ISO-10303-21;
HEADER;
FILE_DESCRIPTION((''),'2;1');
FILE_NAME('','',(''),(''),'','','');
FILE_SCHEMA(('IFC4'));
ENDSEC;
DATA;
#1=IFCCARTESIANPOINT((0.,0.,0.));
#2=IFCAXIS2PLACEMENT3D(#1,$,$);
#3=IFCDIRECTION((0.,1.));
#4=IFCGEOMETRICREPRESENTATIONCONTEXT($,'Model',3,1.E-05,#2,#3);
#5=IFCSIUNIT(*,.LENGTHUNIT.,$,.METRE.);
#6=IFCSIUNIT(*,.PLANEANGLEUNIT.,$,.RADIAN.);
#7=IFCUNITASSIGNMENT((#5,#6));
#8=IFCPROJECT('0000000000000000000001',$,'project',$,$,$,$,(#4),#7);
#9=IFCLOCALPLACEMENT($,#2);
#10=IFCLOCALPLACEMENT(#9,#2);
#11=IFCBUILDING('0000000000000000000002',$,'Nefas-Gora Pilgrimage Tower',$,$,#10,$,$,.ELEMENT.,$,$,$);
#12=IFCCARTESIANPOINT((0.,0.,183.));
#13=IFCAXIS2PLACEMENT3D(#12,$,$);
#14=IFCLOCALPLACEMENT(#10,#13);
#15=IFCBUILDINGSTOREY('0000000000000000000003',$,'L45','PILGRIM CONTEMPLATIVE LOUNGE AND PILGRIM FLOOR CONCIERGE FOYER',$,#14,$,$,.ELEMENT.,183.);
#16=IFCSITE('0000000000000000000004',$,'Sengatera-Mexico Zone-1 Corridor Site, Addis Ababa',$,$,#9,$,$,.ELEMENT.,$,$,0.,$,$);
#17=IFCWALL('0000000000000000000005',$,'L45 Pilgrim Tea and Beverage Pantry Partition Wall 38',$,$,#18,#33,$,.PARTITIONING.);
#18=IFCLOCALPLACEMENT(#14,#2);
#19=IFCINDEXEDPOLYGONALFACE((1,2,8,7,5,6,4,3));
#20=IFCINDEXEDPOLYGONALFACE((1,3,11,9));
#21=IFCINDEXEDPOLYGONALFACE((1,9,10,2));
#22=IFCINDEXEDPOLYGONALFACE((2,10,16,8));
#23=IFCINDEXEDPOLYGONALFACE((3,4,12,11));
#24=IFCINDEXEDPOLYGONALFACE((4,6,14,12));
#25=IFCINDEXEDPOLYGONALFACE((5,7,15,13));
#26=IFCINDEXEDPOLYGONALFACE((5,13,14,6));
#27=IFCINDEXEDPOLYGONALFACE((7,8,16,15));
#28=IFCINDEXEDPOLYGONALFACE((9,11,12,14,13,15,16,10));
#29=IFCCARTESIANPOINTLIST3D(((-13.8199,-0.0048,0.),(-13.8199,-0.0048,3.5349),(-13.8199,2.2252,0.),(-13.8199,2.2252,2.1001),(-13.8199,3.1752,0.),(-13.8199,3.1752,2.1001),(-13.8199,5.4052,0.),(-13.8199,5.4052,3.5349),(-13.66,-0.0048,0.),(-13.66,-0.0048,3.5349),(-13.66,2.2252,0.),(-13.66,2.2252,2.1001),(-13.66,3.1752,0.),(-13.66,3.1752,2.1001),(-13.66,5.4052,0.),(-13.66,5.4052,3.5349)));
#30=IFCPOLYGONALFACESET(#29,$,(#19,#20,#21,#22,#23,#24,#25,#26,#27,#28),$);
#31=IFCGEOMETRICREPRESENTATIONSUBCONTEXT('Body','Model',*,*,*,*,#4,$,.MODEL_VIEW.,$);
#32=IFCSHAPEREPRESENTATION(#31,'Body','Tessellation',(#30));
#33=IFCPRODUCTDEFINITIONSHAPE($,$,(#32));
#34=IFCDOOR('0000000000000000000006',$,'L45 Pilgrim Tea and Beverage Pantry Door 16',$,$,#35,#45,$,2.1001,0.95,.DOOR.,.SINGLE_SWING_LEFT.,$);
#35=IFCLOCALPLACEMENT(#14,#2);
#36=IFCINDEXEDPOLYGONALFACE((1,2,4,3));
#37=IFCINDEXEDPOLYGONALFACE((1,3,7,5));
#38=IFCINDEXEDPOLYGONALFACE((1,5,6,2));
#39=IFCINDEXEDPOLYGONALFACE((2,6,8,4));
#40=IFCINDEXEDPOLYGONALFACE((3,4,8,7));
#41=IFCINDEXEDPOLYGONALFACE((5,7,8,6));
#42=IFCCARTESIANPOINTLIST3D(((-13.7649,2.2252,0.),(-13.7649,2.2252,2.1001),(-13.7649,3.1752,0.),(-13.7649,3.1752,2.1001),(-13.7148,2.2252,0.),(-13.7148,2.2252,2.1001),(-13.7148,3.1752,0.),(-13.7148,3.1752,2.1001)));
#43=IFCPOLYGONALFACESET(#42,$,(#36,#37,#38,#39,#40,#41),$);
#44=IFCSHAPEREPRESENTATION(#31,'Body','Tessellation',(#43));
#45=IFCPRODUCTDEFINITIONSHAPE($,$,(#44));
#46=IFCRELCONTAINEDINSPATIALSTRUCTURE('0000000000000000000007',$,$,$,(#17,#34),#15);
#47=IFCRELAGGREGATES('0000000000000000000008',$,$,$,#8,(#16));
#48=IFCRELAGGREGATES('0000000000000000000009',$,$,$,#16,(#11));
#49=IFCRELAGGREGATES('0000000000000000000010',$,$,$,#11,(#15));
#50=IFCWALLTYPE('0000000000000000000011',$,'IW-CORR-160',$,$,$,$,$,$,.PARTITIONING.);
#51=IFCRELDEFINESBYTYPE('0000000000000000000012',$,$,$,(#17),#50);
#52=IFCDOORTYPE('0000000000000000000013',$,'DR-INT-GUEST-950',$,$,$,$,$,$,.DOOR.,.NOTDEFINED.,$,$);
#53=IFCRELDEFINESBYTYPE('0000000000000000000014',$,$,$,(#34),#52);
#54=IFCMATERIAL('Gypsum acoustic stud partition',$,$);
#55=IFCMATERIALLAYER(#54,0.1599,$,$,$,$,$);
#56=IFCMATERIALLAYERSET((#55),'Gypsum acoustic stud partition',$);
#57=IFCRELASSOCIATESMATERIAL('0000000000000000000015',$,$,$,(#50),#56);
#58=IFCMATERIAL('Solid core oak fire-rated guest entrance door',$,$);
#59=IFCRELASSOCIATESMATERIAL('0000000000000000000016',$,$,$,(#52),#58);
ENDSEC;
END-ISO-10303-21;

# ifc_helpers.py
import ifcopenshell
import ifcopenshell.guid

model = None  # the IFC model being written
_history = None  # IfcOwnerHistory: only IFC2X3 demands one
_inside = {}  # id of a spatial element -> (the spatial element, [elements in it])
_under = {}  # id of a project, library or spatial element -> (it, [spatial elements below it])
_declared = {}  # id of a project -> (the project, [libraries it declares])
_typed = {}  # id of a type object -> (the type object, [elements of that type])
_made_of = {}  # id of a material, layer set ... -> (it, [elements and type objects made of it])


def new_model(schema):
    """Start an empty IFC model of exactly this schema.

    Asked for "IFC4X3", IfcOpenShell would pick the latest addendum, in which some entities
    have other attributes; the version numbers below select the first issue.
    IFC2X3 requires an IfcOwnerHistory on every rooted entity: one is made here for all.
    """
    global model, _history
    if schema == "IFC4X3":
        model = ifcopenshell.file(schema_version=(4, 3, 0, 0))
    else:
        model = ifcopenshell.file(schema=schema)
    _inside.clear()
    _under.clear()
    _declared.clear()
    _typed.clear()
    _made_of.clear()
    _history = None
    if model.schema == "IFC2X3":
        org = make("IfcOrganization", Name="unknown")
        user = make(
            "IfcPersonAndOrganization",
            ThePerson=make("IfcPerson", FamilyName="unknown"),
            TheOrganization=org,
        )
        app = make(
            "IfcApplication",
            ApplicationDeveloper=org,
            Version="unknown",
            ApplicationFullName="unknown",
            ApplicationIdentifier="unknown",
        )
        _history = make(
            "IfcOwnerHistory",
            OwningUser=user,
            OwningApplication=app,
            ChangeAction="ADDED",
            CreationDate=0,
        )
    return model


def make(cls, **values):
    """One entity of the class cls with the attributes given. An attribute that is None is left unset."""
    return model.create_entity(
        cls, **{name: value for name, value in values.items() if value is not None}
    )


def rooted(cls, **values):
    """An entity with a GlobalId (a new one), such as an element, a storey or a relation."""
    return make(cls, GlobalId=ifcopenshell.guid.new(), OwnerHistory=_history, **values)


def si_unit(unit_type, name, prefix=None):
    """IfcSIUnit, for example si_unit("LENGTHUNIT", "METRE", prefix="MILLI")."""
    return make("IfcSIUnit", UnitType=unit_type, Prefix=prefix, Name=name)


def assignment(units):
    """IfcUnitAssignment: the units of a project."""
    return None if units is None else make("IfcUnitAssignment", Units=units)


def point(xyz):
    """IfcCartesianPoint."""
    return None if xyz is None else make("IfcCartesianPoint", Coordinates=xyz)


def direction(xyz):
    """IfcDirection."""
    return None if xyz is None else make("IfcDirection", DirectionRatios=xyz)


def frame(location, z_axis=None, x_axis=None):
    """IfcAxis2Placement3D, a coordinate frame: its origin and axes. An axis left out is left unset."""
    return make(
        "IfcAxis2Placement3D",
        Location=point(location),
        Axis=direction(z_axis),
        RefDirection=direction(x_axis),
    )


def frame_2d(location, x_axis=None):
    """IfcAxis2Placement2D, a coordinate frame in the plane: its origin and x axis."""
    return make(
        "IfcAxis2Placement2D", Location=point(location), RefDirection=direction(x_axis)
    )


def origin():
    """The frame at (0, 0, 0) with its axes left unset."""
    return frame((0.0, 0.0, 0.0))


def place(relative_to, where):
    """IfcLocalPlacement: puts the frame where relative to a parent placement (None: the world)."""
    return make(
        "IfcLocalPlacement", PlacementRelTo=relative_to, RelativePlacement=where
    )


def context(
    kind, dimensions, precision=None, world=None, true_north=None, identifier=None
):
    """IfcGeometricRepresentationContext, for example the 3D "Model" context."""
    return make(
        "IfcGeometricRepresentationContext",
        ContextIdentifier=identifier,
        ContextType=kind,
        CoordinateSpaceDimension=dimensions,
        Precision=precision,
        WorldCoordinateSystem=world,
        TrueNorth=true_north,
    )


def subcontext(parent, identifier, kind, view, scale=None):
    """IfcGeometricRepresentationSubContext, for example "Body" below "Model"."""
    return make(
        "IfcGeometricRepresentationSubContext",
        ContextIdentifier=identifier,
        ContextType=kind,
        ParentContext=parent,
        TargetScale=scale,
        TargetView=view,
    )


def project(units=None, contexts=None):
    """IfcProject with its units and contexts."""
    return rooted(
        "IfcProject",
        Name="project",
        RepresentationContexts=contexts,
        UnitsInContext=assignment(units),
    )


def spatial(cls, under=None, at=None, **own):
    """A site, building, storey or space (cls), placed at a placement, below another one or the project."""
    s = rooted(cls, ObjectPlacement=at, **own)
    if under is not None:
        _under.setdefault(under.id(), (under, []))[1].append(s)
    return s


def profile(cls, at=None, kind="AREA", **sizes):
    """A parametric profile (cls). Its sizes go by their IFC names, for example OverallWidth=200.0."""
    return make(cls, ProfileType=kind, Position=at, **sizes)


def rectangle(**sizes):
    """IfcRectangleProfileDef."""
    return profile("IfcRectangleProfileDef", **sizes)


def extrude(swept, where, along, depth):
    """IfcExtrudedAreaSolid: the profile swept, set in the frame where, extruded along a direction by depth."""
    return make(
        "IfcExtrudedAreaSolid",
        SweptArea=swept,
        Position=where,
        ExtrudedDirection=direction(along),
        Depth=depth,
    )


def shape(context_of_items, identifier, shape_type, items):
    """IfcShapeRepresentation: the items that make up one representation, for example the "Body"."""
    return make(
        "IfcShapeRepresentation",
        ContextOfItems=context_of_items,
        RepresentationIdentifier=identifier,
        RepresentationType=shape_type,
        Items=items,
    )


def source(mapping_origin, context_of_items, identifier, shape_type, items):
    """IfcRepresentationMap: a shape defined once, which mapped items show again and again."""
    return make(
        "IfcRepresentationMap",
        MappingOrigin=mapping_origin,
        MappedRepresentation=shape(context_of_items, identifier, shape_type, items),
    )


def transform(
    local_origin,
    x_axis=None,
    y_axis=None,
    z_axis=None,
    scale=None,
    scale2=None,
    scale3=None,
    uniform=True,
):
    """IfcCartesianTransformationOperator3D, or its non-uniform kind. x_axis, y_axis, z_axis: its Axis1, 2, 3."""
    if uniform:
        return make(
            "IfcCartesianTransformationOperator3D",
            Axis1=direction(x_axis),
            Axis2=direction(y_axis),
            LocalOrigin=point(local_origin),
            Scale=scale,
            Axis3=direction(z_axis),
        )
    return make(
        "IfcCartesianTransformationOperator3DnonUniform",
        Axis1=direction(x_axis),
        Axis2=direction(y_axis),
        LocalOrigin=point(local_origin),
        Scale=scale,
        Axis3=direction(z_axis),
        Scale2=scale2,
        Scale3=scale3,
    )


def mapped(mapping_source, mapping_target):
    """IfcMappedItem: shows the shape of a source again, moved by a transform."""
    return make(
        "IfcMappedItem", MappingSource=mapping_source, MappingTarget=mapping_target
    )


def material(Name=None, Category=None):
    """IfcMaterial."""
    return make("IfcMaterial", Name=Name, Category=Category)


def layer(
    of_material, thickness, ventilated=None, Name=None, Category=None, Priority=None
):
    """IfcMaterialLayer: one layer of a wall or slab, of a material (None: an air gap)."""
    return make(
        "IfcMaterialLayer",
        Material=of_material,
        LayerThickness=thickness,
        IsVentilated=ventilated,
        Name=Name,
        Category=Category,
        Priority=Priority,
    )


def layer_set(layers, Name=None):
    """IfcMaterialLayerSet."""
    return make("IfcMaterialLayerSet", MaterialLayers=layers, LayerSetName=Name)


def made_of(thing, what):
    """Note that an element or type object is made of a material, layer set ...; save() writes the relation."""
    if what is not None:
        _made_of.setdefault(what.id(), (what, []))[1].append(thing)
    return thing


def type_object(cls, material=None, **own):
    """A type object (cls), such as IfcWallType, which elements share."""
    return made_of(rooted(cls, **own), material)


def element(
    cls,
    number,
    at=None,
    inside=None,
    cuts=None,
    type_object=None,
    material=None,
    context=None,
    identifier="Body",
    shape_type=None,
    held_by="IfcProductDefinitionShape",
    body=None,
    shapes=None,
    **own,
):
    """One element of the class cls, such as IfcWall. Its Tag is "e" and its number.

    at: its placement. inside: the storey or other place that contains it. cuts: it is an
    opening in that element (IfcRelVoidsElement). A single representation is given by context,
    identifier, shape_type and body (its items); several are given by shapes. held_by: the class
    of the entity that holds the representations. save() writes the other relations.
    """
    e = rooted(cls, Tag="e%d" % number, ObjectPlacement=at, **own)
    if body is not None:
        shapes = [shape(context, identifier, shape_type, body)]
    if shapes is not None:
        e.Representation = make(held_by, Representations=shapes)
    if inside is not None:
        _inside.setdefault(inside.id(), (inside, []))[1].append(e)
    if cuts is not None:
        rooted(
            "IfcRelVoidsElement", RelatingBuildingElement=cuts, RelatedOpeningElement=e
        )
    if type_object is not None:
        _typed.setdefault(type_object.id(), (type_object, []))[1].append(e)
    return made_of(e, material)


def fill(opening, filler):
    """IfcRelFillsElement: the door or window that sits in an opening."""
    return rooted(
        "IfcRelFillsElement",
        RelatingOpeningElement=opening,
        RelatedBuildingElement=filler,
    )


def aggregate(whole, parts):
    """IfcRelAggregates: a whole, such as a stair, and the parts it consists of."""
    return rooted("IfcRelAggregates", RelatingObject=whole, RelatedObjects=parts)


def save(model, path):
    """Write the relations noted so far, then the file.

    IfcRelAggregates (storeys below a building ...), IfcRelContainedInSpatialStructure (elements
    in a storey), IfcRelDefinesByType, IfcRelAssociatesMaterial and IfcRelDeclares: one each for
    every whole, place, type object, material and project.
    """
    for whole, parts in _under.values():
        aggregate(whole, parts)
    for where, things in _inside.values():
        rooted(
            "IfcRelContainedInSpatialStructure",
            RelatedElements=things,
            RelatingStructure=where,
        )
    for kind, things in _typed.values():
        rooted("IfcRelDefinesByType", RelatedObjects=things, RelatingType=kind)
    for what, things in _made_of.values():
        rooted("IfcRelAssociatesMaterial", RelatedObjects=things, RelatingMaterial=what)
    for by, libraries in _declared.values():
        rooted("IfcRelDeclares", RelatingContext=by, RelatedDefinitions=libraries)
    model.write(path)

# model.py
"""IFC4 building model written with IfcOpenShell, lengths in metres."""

from ifc_helpers import new_model, si_unit, direction, frame, frame_2d, origin, place, context, subcontext, project, spatial, rectangle, extrude, source, transform, mapped, material, layer, layer_set, type_object, element, fill, save


model = new_model("IFC4")

# Units and contexts
model_context = context("Model", 3, precision=1e-05, world=origin(), true_north=direction((0.0, 1.0)))
body_context = subcontext(model_context, "Body", "Model", "MODEL_VIEW")
ifc_project = project(units=[si_unit("LENGTHUNIT", "METRE"), si_unit("PLANEANGLEUNIT", "RADIAN")], contexts=[model_context])

# Site, building, storey
site_placement = place(None, origin())
site = spatial("IfcSite", under=ifc_project, at=site_placement, Name="Sengatera-Mexico Zone-1 Corridor Site, Addis Ababa", CompositionType="ELEMENT", RefElevation=0.0)
building_placement = place(site_placement, origin())
building = spatial("IfcBuilding", under=site, at=building_placement, Name="Nefas-Gora Pilgrimage Tower", CompositionType="ELEMENT")
storey_placement = place(building_placement, frame((0.0, 0.0, 183.0)))
storey = spatial("IfcBuildingStorey", under=building, at=storey_placement, Name="L45", Description="PILGRIM CONTEMPLATIVE LOUNGE AND PILGRIM FLOOR CONCIERGE FOYER", CompositionType="ELEMENT", Elevation=183.0)

# Wall, opening, door
ifc_material_1 = material(Name="Gypsum acoustic stud partition")
ifc_layer_1 = layer(ifc_material_1, 0.1599)
ifc_layer_set_1 = layer_set([ifc_layer_1], Name="Gypsum acoustic stud partition")
wall_type_1 = type_object("IfcWallType", Name="IW-CORR-160", PredefinedType="PARTITIONING", material=ifc_layer_set_1)
shared_shape_1 = source(origin(), body_context, "Body", "SweptSolid", [
    extrude(rectangle(XDim=5.4099, YDim=0.1599, at=frame_2d((2.7051, 0.0))), origin(), (0.0, 0.0, 1.0), 3.5349),
])
wall_1_placement = place(storey_placement, frame((-13.74, -0.0049, 0.0), z_axis=(0.0, 0.0, 1.0), x_axis=(0.0, 1.0, 0.0)))
wall_1 = element("IfcWall", 1, at=wall_1_placement, inside=storey, type_object=wall_type_1, Name="L45 Pilgrim Tea and Beverage Pantry Partition Wall 38", PredefinedType="PARTITIONING", context=body_context, shape_type="MappedRepresentation", body=[
    mapped(shared_shape_1, transform((0.0, 0.0, 0.0), x_axis=(1.0, 0.0, 0.0), y_axis=(0.0, 1.0, 0.0), z_axis=(0.0, 0.0, 1.0), scale=1.0)),
])
opening_placement = place(wall_1_placement, frame((2.23, 0.0, 0.0)))
opening = element("IfcOpeningElement", 2, at=opening_placement, cuts=wall_1, PredefinedType="OPENING", context=body_context, shape_type="SweptSolid", body=[
    extrude(rectangle(XDim=0.95, YDim=2.1001, at=frame_2d((0.4751, 1.05))), frame((0.0, 0.0898, 0.0), z_axis=(0.0, -1.0, 0.0), x_axis=(1.0, 0.0, 0.0)), (0.0, 0.0, 1.0), 0.1799),
])
ifc_material_2 = material(Name="Solid core oak fire-rated guest entrance door")
door_type = type_object("IfcDoorType", Name="DR-INT-GUEST-950", OperationType="NOTDEFINED", PredefinedType="DOOR", material=ifc_material_2)
shared_shape_2 = source(origin(), body_context, "Body", "SweptSolid", [
    extrude(rectangle(XDim=0.95, YDim=2.1001, at=frame_2d((0.4751, 1.05))), frame((0.0, 0.0249, 0.0), z_axis=(0.0, -1.0, 0.0), x_axis=(1.0, 0.0, 0.0)), (0.0, 0.0, 1.0), 0.05),
])
door_placement = place(opening_placement, origin())
door = element("IfcDoor", 3, at=door_placement, inside=storey, type_object=door_type, Name="L45 Pilgrim Tea and Beverage Pantry Door 16", OperationType="SINGLE_SWING_LEFT", OverallHeight=2.1001, OverallWidth=0.95, PredefinedType="DOOR", context=body_context, shape_type="MappedRepresentation", body=[
    mapped(shared_shape_2, transform((0.0, 0.0, 0.0), x_axis=(1.0, 0.0, 0.0), y_axis=(0.0, 1.0, 0.0), z_axis=(0.0, 0.0, 1.0), scale=1.0)),
])
fill(opening, door)

save(model, "model.ifc")
